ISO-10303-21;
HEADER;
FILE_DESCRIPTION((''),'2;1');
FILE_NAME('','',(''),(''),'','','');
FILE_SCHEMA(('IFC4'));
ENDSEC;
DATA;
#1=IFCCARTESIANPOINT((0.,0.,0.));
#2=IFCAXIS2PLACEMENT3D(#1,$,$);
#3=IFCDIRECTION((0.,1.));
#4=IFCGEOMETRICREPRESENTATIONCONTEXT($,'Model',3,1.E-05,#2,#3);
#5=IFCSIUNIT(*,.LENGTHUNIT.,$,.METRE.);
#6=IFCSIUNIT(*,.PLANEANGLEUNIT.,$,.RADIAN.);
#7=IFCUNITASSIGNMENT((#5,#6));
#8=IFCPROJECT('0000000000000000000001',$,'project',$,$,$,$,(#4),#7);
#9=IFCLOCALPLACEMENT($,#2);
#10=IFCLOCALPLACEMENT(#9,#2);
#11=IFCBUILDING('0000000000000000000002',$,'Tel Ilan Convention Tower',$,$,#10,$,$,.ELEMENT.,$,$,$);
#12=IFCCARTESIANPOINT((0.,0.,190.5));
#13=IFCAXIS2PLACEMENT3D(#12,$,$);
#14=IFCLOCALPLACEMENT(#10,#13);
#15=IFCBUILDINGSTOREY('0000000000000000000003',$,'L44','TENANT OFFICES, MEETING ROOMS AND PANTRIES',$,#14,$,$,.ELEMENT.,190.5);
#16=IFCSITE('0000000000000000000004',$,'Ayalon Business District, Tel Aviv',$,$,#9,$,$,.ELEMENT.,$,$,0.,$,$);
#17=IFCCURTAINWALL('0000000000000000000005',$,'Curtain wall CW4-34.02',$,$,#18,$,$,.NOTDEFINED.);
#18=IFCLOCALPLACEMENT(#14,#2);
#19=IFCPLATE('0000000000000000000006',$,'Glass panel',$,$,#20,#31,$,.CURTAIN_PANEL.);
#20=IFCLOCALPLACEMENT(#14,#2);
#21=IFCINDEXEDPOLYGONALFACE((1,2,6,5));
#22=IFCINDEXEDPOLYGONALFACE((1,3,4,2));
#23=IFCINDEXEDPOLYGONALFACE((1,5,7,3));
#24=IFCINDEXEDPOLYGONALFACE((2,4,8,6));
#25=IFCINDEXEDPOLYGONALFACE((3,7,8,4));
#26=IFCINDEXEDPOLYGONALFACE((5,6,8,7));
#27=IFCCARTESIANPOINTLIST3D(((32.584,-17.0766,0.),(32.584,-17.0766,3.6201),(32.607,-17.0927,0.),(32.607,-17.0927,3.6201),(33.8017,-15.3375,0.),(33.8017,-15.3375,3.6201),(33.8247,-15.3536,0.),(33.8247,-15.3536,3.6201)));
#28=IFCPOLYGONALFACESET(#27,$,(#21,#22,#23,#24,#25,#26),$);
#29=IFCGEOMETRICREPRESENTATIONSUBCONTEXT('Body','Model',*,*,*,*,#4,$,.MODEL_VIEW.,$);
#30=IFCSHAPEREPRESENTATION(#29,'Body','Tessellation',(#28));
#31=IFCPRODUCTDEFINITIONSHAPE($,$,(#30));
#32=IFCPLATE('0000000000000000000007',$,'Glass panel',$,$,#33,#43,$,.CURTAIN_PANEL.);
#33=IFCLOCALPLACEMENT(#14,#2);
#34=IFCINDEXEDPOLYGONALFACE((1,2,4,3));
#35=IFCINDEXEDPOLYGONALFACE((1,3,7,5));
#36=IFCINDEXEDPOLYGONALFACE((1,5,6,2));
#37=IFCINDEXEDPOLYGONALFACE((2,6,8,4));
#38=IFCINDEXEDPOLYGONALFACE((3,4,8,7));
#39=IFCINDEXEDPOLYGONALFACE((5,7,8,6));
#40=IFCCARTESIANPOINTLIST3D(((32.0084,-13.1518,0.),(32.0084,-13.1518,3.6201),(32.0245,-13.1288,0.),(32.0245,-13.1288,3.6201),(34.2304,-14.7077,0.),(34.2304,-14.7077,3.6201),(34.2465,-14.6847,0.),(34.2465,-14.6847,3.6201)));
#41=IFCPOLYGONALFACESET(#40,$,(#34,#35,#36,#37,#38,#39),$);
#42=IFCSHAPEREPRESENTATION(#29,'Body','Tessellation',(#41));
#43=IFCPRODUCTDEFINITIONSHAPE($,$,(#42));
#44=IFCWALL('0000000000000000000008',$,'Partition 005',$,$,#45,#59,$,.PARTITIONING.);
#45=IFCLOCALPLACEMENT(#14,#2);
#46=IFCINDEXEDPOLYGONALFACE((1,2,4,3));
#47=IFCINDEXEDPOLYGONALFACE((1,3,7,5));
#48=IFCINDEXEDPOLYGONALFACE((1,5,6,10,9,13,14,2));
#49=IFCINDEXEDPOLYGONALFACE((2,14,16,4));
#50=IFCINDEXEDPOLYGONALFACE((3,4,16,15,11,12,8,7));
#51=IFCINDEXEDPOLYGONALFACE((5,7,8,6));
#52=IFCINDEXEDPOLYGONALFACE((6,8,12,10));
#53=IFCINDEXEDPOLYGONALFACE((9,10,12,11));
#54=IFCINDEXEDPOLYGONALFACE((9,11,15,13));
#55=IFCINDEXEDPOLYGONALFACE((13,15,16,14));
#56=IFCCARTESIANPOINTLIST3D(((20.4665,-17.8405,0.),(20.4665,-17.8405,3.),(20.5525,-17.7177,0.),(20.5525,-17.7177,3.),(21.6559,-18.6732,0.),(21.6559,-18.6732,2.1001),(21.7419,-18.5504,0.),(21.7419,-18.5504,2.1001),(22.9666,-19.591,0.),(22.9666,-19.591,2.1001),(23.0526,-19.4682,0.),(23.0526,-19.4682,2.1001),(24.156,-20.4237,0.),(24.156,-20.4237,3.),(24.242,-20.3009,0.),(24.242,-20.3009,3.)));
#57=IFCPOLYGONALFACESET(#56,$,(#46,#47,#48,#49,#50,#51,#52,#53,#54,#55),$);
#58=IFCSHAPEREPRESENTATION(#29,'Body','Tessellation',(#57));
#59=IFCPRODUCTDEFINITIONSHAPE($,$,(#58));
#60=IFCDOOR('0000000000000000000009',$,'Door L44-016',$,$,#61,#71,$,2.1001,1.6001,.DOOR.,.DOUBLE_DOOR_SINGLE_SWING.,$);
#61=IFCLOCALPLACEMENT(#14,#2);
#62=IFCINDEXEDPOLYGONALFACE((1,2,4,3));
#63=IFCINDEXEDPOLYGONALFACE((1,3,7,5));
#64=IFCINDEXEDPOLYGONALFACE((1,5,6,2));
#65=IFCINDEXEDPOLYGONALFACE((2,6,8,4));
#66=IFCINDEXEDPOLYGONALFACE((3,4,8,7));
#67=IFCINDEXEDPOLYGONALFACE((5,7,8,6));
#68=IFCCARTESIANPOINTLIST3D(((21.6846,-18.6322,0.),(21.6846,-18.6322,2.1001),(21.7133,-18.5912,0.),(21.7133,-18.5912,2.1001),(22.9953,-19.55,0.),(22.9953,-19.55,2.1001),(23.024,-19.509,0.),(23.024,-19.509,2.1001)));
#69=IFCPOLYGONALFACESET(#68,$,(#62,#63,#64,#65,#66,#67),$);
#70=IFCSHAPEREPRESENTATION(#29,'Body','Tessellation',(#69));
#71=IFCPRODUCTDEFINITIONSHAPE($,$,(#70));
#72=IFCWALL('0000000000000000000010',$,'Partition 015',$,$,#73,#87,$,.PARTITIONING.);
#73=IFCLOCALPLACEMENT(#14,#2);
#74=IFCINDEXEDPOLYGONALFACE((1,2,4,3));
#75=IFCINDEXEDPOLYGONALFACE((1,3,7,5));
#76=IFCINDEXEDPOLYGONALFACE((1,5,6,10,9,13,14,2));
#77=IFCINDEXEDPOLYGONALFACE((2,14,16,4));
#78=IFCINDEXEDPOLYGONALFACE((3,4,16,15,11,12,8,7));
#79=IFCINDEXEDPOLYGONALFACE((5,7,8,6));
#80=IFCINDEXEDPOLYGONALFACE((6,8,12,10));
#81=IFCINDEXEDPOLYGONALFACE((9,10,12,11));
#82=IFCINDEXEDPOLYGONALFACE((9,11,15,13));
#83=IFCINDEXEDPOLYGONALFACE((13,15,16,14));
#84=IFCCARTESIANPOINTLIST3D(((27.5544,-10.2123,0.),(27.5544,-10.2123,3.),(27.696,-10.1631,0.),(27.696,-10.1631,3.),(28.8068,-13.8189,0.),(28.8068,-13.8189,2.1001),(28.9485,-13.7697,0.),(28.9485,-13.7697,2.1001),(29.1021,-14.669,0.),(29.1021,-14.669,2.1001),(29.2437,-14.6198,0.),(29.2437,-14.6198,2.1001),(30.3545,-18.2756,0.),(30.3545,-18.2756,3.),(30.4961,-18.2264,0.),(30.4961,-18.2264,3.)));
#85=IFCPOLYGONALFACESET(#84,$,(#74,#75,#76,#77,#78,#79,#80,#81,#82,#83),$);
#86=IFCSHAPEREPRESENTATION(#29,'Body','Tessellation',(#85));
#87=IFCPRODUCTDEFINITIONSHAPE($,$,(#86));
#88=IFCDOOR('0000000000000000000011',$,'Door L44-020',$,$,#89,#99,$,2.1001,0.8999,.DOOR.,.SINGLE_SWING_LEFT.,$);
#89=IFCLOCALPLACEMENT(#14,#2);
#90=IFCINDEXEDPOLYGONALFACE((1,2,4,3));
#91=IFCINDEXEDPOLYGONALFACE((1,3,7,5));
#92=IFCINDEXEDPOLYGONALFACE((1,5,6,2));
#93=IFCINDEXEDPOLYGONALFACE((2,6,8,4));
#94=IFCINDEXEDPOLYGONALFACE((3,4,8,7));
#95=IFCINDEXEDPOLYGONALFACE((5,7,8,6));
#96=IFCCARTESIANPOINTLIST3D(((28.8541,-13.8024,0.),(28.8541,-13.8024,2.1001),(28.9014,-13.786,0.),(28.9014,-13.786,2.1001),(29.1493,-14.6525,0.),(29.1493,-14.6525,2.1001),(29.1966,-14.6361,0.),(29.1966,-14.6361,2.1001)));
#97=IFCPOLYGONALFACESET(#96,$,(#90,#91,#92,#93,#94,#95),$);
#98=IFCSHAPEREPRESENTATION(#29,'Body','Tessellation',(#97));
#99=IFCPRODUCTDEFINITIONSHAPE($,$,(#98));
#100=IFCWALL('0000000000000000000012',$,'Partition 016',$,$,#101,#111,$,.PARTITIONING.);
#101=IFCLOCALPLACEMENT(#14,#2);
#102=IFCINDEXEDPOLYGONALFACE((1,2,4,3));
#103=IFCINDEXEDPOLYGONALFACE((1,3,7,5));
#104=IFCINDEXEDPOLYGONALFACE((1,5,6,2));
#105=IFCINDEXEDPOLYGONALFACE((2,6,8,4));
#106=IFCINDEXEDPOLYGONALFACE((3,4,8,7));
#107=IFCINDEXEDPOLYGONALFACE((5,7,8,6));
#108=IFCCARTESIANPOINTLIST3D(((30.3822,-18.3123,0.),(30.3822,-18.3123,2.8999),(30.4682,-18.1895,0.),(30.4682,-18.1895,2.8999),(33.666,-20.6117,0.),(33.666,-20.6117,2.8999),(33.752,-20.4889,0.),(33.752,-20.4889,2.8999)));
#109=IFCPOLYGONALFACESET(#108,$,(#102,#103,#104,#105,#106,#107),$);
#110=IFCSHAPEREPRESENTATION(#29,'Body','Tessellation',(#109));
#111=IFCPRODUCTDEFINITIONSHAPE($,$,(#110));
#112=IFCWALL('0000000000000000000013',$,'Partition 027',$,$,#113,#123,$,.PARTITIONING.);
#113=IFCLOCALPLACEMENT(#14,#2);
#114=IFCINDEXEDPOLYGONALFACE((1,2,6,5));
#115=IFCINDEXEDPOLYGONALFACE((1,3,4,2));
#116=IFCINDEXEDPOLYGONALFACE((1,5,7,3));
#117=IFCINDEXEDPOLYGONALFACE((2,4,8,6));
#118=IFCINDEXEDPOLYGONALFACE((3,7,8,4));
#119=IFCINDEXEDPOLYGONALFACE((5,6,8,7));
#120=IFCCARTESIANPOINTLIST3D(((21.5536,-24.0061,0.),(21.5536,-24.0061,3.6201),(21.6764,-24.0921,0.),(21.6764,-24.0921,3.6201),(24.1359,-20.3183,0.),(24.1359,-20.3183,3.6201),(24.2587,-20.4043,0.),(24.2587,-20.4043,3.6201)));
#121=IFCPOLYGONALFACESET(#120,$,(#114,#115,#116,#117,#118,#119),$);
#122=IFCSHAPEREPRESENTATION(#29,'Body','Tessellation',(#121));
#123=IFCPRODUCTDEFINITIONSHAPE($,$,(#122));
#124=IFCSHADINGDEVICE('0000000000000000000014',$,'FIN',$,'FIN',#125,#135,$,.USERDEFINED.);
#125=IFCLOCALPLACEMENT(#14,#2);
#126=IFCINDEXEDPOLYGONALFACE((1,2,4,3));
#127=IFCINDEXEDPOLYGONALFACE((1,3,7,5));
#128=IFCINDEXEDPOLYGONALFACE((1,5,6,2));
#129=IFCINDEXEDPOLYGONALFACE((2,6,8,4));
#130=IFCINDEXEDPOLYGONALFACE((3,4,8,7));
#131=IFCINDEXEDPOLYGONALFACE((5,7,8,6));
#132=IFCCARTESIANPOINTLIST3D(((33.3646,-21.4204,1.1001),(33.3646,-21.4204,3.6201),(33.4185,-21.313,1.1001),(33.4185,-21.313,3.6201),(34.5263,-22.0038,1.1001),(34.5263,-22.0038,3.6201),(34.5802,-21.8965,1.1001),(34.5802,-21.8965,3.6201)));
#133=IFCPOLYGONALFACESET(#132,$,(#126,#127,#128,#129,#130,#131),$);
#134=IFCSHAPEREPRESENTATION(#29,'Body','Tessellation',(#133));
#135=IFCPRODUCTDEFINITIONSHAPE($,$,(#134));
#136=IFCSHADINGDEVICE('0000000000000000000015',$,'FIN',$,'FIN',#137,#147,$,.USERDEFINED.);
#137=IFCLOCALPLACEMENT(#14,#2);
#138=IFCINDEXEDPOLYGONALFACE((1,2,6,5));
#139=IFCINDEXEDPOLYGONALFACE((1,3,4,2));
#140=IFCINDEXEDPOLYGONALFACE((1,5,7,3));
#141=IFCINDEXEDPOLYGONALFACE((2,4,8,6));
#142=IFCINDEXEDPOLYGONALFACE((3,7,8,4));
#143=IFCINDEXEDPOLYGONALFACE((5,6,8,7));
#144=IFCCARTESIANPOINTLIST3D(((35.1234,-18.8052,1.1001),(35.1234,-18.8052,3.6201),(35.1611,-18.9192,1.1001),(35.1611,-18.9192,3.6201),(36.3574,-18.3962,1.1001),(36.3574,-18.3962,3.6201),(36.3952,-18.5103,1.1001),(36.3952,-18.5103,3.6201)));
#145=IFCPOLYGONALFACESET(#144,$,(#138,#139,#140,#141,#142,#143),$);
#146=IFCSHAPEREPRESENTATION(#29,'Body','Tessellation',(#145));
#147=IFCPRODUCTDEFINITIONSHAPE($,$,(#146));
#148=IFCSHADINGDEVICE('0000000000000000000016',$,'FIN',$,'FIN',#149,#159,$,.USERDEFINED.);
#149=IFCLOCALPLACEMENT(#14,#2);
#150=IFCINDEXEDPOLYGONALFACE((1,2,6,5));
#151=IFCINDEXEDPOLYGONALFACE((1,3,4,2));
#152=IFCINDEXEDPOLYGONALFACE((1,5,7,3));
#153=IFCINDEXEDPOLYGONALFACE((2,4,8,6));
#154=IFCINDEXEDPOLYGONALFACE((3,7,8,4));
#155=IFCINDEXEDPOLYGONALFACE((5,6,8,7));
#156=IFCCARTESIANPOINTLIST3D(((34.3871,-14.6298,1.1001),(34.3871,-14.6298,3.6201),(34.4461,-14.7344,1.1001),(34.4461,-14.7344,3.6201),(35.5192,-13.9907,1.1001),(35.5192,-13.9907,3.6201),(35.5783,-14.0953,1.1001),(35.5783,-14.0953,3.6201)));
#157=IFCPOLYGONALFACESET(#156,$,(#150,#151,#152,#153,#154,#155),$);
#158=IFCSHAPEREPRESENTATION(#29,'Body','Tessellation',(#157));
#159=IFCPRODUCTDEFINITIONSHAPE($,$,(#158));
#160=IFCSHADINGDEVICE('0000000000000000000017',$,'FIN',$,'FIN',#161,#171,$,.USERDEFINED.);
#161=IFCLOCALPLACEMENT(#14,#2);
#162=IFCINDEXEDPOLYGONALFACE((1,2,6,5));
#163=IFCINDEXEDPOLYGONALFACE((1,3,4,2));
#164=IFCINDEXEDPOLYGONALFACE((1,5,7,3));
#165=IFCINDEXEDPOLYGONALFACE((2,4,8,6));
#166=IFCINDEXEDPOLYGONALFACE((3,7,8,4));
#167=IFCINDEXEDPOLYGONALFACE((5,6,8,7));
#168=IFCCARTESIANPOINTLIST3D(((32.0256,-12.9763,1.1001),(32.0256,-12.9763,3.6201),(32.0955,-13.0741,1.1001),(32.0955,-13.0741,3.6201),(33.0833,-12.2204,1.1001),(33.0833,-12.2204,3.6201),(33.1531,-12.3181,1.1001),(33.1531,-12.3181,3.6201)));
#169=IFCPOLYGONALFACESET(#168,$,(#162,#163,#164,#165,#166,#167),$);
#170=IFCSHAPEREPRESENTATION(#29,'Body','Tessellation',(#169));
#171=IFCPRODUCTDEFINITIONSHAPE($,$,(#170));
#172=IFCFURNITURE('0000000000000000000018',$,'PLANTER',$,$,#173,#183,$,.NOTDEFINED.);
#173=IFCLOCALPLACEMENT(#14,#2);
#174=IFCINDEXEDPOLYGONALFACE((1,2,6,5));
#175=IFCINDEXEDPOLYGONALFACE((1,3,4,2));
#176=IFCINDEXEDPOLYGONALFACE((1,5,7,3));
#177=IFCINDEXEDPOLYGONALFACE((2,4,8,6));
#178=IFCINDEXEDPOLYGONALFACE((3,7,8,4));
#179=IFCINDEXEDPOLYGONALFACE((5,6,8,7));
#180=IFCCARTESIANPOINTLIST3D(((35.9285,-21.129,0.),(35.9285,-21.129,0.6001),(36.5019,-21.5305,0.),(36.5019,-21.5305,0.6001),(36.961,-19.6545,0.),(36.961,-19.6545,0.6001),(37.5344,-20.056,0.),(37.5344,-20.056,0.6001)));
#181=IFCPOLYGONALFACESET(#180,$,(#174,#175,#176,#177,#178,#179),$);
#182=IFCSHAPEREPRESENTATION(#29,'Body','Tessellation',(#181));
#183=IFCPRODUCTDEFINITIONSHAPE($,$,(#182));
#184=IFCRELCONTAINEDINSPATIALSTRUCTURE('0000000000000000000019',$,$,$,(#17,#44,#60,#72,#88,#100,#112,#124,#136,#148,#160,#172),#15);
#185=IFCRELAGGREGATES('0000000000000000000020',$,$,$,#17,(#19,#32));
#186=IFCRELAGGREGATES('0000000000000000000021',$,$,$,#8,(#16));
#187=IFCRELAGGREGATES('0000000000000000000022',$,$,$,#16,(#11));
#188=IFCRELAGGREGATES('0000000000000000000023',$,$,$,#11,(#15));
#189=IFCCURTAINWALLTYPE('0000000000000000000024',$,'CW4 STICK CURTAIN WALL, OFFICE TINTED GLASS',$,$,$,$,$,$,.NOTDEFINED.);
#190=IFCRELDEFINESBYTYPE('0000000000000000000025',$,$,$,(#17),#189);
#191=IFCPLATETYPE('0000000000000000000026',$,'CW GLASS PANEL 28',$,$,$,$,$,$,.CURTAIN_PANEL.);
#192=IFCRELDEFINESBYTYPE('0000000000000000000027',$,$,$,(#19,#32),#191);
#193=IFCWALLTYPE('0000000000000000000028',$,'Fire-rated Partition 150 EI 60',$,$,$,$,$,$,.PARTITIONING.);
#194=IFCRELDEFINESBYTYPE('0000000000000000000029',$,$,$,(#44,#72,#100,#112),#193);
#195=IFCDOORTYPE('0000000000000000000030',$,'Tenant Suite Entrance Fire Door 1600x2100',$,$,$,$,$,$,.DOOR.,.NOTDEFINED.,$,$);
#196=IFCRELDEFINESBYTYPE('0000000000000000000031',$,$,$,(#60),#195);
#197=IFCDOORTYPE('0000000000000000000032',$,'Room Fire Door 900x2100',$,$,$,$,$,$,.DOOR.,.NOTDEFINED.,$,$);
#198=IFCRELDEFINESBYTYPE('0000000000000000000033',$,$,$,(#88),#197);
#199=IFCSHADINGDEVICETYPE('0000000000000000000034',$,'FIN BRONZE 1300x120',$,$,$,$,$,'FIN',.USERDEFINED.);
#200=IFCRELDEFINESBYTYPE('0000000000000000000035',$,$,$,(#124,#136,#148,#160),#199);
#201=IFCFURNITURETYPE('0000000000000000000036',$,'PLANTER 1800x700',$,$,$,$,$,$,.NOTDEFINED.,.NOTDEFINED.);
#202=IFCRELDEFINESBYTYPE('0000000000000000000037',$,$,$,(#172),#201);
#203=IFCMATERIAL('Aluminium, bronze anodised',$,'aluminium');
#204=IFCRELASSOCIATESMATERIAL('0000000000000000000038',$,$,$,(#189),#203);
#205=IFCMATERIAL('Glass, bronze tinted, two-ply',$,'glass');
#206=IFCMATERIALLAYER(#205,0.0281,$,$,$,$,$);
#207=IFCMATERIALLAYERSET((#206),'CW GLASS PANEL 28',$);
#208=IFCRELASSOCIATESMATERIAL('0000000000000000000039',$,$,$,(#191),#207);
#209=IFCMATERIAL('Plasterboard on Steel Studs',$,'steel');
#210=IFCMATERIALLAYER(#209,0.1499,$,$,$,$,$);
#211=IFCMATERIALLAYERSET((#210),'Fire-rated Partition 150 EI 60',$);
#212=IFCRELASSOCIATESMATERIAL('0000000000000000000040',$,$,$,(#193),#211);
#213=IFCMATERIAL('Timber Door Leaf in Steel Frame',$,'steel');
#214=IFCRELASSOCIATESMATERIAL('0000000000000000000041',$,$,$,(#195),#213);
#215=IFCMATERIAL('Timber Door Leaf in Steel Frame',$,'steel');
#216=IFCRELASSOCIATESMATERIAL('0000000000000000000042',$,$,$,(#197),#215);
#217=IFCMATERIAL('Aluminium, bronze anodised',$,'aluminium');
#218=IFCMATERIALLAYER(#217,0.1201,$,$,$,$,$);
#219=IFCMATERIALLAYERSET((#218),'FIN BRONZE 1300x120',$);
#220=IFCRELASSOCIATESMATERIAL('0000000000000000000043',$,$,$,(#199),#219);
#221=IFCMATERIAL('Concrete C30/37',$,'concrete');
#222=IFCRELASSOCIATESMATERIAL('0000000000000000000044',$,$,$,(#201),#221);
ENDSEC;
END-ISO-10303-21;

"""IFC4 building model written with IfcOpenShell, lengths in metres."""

from ifc_helpers import new_model, si_unit, direction, frame, frame_2d, origin, origin_2d, place, context, subcontext, project, spatial, rectangle, extrude, material, layer, layer_set, type_object, element, fill, aggregate, save


model = new_model("IFC4")

# Units and contexts
model_context = context("Model", 3, precision=1e-05, world=origin(), true_north=direction((0.0, 1.0)))
body_context = subcontext(model_context, "Body", "Model", "MODEL_VIEW")
ifc_project = project(units=[si_unit("LENGTHUNIT", "METRE"), si_unit("PLANEANGLEUNIT", "RADIAN")], contexts=[model_context])

# Site, building, storey
site_placement = place(None, origin())
site = spatial("IfcSite", under=ifc_project, at=site_placement, Name="Ayalon Business District, Tel Aviv", CompositionType="ELEMENT", RefElevation=0.0)
building_placement = place(site_placement, origin())
building = spatial("IfcBuilding", under=site, at=building_placement, Name="Tel Ilan Convention Tower", CompositionType="ELEMENT")
storey_placement = place(building_placement, frame((0.0, 0.0, 190.5)))
storey = spatial("IfcBuildingStorey", under=building, at=storey_placement, Name="L44", Description="TENANT OFFICES, MEETING ROOMS AND PANTRIES", CompositionType="ELEMENT", Elevation=190.5)

# Curtain wall, plates
ifc_material_1 = material(Name="Aluminium, bronze anodised", Category="aluminium")
curtain_wall_type = type_object("IfcCurtainWallType", Name="CW4 STICK CURTAIN WALL, OFFICE TINTED GLASS", PredefinedType="NOTDEFINED", material=ifc_material_1)
curtain_wall_placement = place(storey_placement, origin())
curtain_wall = element("IfcCurtainWall", 1, at=curtain_wall_placement, inside=storey, type_object=curtain_wall_type, Name="Curtain wall CW4-34.02", PredefinedType="NOTDEFINED")
ifc_material_2 = material(Name="Glass, bronze tinted, two-ply", Category="glass")
ifc_layer_1 = layer(ifc_material_2, 0.0281)
ifc_layer_set_1 = layer_set([ifc_layer_1], Name="CW GLASS PANEL 28")
plate_type = type_object("IfcPlateType", Name="CW GLASS PANEL 28", PredefinedType="CURTAIN_PANEL", material=ifc_layer_set_1)
plate_1_placement = place(storey_placement, frame((33.2043, -16.2151, 0.0), z_axis=(0.0, 0.0, 1.0), x_axis=(0.573576, 0.819152, 0.0)))
plate_1 = element("IfcPlate", 2, at=plate_1_placement, type_object=plate_type, Name="Glass panel", PredefinedType="CURTAIN_PANEL", context=body_context, shape_type="SweptSolid", body=[
    extrude(rectangle(XDim=2.123, YDim=0.0281, at=origin_2d()), origin(), (0.0, 0.0, 1.0), 3.6201),
])
plate_2_placement = place(storey_placement, frame((33.1274, -13.9182, 0.0), z_axis=(0.0, 0.0, 1.0), x_axis=(-0.819152, 0.573576, 0.0)))
plate_2 = element("IfcPlate", 3, at=plate_2_placement, type_object=plate_type, Name="Glass panel", PredefinedType="CURTAIN_PANEL", context=body_context, shape_type="SweptSolid", body=[
    extrude(rectangle(XDim=2.7126, YDim=0.0281, at=origin_2d()), origin(), (0.0, 0.0, 1.0), 3.6201),
])
aggregate(curtain_wall, [plate_1, plate_2])

# Walls, openings, doors
ifc_material_3 = material(Name="Plasterboard on Steel Studs", Category="steel")
ifc_layer_2 = layer(ifc_material_3, 0.1499)
ifc_layer_set_2 = layer_set([ifc_layer_2], Name="Fire-rated Partition 150 EI 60")
wall_type = type_object("IfcWallType", Name="Fire-rated Partition 150 EI 60", PredefinedType="PARTITIONING", material=ifc_layer_set_2)
wall_1_placement = place(storey_placement, frame((24.199, -20.3623, 0.0), z_axis=(0.0, 0.0, 1.0), x_axis=(-0.819166, 0.573557, 0.0)))
wall_1 = element("IfcWall", 4, at=wall_1_placement, inside=storey, type_object=wall_type, Name="Partition 005", PredefinedType="PARTITIONING", context=body_context, shape_type="SweptSolid", body=[
    extrude(rectangle(XDim=4.5039, YDim=0.1499, at=frame_2d((2.252, 0.0))), origin(), (0.0, 0.0, 1.0), 3.0),
])
opening_1_placement = place(wall_1_placement, frame((1.4519, 0.0, 0.0)))
opening_1 = element("IfcOpeningElement", 5, at=opening_1_placement, cuts=wall_1, PredefinedType="OPENING", context=body_context, shape_type="SweptSolid", body=[
    extrude(rectangle(XDim=1.6001, YDim=2.1001, at=frame_2d((0.8, 1.05))), frame((0.0, 0.085, 0.0), z_axis=(0.0, -1.0, 0.0), x_axis=(1.0, 0.0, 0.0)), (0.0, 0.0, 1.0), 0.1699),
])
ifc_material_4 = material(Name="Timber Door Leaf in Steel Frame", Category="steel")
door_type_1 = type_object("IfcDoorType", Name="Tenant Suite Entrance Fire Door 1600x2100", OperationType="NOTDEFINED", PredefinedType="DOOR", material=ifc_material_4)
door_1_placement = place(opening_1_placement, origin())
door_1 = element("IfcDoor", 6, at=door_1_placement, inside=storey, type_object=door_type_1, Name="Door L44-016", OperationType="DOUBLE_DOOR_SINGLE_SWING", OverallHeight=2.1001, OverallWidth=1.6001, PredefinedType="DOOR", context=body_context, shape_type="SweptSolid", body=[
    extrude(rectangle(XDim=1.6001, YDim=2.1001, at=frame_2d((0.8, 1.05))), frame((0.0, 0.0249, 0.0), z_axis=(0.0, -1.0, 0.0), x_axis=(1.0, 0.0, 0.0)), (0.0, 0.0, 1.0), 0.05),
])
fill(opening_1, door_1)
wall_2_placement = place(storey_placement, frame((30.4253, -18.251, 0.0), z_axis=(0.0, 0.0, 1.0), x_axis=(-0.328045, 0.944662, 0.0)))
wall_2 = element("IfcWall", 7, at=wall_2_placement, inside=storey, type_object=wall_type, Name="Partition 015", PredefinedType="PARTITIONING", context=body_context, shape_type="SweptSolid", body=[
    extrude(rectangle(XDim=8.5356, YDim=0.1499, at=frame_2d((4.2678, 0.0))), origin(), (0.0, 0.0, 1.0), 3.0),
])
opening_2_placement = place(wall_2_placement, frame((3.8179, 0.0, 0.0)))
opening_2 = element("IfcOpeningElement", 8, at=opening_2_placement, cuts=wall_2, PredefinedType="OPENING", context=body_context, shape_type="SweptSolid", body=[
    extrude(rectangle(XDim=0.8999, YDim=2.1001, at=frame_2d((0.45, 1.05))), frame((0.0, 0.085, 0.0), z_axis=(0.0, -1.0, 0.0), x_axis=(1.0, 0.0, 0.0)), (0.0, 0.0, 1.0), 0.1699),
])
ifc_material_5 = material(Name="Timber Door Leaf in Steel Frame", Category="steel")
door_type_2 = type_object("IfcDoorType", Name="Room Fire Door 900x2100", OperationType="NOTDEFINED", PredefinedType="DOOR", material=ifc_material_5)
door_2_placement = place(opening_2_placement, origin())
door_2 = element("IfcDoor", 9, at=door_2_placement, inside=storey, type_object=door_type_2, Name="Door L44-020", OperationType="SINGLE_SWING_LEFT", OverallHeight=2.1001, OverallWidth=0.8999, PredefinedType="DOOR", context=body_context, shape_type="SweptSolid", body=[
    extrude(rectangle(XDim=0.8999, YDim=2.1001, at=frame_2d((0.45, 1.05))), frame((0.0, 0.0249, 0.0), z_axis=(0.0, -1.0, 0.0), x_axis=(1.0, 0.0, 0.0)), (0.0, 0.0, 1.0), 0.05),
])
fill(opening_2, door_2)

# Walls
wall_3_placement = place(storey_placement, frame((33.709, -20.5503, 0.0), z_axis=(0.0, 0.0, 1.0), x_axis=(-0.819146, 0.573585, 0.0)))
element("IfcWall", 10, at=wall_3_placement, inside=storey, type_object=wall_type, Name="Partition 016", PredefinedType="PARTITIONING", context=body_context, shape_type="SweptSolid", body=[
    extrude(rectangle(XDim=4.0088, YDim=0.1499, at=frame_2d((2.0044, 0.0))), origin(), (0.0, 0.0, 1.0), 2.8999),
])
wall_4_placement = place(storey_placement, frame((24.1973, -20.3613, 0.0), z_axis=(0.0, 0.0, 1.0), x_axis=(-0.57359, -0.819143, 0.0)))
element("IfcWall", 11, at=wall_4_placement, inside=storey, type_object=wall_type, Name="Partition 027", PredefinedType="PARTITIONING", context=body_context, shape_type="SweptSolid", body=[
    extrude(rectangle(XDim=4.502, YDim=0.1499, at=frame_2d((2.251, 0.0))), origin(), (0.0, 0.0, 1.0), 3.6201),
])

# Shading devices
ifc_material_6 = material(Name="Aluminium, bronze anodised", Category="aluminium")
ifc_layer_3 = layer(ifc_material_6, 0.1201)
ifc_layer_set_3 = layer_set([ifc_layer_3], Name="FIN BRONZE 1300x120")
shading_device_type = type_object("IfcShadingDeviceType", Name="FIN BRONZE 1300x120", ElementType="FIN", PredefinedType="USERDEFINED", material=ifc_layer_set_3)
for number, where, z_axis, x_axis, name in (
    (12, (33.9724, -21.6584, 1.1001), (0.0, 0.0, 1.0), (0.893633, -0.448799, 0.0), "FIN"),
    (13, (35.7593, -18.6577, 1.1001), (0.0, 0.0, 1.0), (0.949243, 0.314545, 0.0), "FIN"),
    (14, (34.9827, -14.3625, 1.1001), (0.0, 0.0, 1.0), (0.870833, 0.491579, 0.0), "FIN"),
    (15, (32.5894, -12.6472, 1.1001), (0.0, 0.0, 1.0), (0.813552, 0.581492, 0.0), "FIN"),
):
    element("IfcShadingDevice", number, at=place(storey_placement, frame(where, z_axis=z_axis, x_axis=x_axis)), inside=storey, type_object=shading_device_type, Name=name, ObjectType="FIN", PredefinedType="USERDEFINED", context=body_context, shape_type="SweptSolid", body=[
        extrude(rectangle(XDim=1.3, YDim=0.1201, at=origin_2d()), origin(), (0.0, 0.0, 1.0), 2.52),
    ])

# Furniture
ifc_material_7 = material(Name="Concrete C30/37", Category="concrete")
furniture_type = type_object("IfcFurnitureType", Name="PLANTER 1800x700", AssemblyPlace="NOTDEFINED", PredefinedType="NOTDEFINED", material=ifc_material_7)
furniture_placement = place(storey_placement, frame((36.7314, -20.5925, 0.0), z_axis=(0.0, 0.0, 1.0), x_axis=(-0.573576, -0.819152, 0.0)))
element("IfcFurniture", 16, at=furniture_placement, inside=storey, type_object=furniture_type, Name="PLANTER", PredefinedType="NOTDEFINED", context=body_context, shape_type="SweptSolid", body=[
    extrude(rectangle(XDim=1.8, YDim=0.7, at=origin_2d()), origin(), (0.0, 0.0, 1.0), 0.6001),
])

save(model, "model.ifc")
